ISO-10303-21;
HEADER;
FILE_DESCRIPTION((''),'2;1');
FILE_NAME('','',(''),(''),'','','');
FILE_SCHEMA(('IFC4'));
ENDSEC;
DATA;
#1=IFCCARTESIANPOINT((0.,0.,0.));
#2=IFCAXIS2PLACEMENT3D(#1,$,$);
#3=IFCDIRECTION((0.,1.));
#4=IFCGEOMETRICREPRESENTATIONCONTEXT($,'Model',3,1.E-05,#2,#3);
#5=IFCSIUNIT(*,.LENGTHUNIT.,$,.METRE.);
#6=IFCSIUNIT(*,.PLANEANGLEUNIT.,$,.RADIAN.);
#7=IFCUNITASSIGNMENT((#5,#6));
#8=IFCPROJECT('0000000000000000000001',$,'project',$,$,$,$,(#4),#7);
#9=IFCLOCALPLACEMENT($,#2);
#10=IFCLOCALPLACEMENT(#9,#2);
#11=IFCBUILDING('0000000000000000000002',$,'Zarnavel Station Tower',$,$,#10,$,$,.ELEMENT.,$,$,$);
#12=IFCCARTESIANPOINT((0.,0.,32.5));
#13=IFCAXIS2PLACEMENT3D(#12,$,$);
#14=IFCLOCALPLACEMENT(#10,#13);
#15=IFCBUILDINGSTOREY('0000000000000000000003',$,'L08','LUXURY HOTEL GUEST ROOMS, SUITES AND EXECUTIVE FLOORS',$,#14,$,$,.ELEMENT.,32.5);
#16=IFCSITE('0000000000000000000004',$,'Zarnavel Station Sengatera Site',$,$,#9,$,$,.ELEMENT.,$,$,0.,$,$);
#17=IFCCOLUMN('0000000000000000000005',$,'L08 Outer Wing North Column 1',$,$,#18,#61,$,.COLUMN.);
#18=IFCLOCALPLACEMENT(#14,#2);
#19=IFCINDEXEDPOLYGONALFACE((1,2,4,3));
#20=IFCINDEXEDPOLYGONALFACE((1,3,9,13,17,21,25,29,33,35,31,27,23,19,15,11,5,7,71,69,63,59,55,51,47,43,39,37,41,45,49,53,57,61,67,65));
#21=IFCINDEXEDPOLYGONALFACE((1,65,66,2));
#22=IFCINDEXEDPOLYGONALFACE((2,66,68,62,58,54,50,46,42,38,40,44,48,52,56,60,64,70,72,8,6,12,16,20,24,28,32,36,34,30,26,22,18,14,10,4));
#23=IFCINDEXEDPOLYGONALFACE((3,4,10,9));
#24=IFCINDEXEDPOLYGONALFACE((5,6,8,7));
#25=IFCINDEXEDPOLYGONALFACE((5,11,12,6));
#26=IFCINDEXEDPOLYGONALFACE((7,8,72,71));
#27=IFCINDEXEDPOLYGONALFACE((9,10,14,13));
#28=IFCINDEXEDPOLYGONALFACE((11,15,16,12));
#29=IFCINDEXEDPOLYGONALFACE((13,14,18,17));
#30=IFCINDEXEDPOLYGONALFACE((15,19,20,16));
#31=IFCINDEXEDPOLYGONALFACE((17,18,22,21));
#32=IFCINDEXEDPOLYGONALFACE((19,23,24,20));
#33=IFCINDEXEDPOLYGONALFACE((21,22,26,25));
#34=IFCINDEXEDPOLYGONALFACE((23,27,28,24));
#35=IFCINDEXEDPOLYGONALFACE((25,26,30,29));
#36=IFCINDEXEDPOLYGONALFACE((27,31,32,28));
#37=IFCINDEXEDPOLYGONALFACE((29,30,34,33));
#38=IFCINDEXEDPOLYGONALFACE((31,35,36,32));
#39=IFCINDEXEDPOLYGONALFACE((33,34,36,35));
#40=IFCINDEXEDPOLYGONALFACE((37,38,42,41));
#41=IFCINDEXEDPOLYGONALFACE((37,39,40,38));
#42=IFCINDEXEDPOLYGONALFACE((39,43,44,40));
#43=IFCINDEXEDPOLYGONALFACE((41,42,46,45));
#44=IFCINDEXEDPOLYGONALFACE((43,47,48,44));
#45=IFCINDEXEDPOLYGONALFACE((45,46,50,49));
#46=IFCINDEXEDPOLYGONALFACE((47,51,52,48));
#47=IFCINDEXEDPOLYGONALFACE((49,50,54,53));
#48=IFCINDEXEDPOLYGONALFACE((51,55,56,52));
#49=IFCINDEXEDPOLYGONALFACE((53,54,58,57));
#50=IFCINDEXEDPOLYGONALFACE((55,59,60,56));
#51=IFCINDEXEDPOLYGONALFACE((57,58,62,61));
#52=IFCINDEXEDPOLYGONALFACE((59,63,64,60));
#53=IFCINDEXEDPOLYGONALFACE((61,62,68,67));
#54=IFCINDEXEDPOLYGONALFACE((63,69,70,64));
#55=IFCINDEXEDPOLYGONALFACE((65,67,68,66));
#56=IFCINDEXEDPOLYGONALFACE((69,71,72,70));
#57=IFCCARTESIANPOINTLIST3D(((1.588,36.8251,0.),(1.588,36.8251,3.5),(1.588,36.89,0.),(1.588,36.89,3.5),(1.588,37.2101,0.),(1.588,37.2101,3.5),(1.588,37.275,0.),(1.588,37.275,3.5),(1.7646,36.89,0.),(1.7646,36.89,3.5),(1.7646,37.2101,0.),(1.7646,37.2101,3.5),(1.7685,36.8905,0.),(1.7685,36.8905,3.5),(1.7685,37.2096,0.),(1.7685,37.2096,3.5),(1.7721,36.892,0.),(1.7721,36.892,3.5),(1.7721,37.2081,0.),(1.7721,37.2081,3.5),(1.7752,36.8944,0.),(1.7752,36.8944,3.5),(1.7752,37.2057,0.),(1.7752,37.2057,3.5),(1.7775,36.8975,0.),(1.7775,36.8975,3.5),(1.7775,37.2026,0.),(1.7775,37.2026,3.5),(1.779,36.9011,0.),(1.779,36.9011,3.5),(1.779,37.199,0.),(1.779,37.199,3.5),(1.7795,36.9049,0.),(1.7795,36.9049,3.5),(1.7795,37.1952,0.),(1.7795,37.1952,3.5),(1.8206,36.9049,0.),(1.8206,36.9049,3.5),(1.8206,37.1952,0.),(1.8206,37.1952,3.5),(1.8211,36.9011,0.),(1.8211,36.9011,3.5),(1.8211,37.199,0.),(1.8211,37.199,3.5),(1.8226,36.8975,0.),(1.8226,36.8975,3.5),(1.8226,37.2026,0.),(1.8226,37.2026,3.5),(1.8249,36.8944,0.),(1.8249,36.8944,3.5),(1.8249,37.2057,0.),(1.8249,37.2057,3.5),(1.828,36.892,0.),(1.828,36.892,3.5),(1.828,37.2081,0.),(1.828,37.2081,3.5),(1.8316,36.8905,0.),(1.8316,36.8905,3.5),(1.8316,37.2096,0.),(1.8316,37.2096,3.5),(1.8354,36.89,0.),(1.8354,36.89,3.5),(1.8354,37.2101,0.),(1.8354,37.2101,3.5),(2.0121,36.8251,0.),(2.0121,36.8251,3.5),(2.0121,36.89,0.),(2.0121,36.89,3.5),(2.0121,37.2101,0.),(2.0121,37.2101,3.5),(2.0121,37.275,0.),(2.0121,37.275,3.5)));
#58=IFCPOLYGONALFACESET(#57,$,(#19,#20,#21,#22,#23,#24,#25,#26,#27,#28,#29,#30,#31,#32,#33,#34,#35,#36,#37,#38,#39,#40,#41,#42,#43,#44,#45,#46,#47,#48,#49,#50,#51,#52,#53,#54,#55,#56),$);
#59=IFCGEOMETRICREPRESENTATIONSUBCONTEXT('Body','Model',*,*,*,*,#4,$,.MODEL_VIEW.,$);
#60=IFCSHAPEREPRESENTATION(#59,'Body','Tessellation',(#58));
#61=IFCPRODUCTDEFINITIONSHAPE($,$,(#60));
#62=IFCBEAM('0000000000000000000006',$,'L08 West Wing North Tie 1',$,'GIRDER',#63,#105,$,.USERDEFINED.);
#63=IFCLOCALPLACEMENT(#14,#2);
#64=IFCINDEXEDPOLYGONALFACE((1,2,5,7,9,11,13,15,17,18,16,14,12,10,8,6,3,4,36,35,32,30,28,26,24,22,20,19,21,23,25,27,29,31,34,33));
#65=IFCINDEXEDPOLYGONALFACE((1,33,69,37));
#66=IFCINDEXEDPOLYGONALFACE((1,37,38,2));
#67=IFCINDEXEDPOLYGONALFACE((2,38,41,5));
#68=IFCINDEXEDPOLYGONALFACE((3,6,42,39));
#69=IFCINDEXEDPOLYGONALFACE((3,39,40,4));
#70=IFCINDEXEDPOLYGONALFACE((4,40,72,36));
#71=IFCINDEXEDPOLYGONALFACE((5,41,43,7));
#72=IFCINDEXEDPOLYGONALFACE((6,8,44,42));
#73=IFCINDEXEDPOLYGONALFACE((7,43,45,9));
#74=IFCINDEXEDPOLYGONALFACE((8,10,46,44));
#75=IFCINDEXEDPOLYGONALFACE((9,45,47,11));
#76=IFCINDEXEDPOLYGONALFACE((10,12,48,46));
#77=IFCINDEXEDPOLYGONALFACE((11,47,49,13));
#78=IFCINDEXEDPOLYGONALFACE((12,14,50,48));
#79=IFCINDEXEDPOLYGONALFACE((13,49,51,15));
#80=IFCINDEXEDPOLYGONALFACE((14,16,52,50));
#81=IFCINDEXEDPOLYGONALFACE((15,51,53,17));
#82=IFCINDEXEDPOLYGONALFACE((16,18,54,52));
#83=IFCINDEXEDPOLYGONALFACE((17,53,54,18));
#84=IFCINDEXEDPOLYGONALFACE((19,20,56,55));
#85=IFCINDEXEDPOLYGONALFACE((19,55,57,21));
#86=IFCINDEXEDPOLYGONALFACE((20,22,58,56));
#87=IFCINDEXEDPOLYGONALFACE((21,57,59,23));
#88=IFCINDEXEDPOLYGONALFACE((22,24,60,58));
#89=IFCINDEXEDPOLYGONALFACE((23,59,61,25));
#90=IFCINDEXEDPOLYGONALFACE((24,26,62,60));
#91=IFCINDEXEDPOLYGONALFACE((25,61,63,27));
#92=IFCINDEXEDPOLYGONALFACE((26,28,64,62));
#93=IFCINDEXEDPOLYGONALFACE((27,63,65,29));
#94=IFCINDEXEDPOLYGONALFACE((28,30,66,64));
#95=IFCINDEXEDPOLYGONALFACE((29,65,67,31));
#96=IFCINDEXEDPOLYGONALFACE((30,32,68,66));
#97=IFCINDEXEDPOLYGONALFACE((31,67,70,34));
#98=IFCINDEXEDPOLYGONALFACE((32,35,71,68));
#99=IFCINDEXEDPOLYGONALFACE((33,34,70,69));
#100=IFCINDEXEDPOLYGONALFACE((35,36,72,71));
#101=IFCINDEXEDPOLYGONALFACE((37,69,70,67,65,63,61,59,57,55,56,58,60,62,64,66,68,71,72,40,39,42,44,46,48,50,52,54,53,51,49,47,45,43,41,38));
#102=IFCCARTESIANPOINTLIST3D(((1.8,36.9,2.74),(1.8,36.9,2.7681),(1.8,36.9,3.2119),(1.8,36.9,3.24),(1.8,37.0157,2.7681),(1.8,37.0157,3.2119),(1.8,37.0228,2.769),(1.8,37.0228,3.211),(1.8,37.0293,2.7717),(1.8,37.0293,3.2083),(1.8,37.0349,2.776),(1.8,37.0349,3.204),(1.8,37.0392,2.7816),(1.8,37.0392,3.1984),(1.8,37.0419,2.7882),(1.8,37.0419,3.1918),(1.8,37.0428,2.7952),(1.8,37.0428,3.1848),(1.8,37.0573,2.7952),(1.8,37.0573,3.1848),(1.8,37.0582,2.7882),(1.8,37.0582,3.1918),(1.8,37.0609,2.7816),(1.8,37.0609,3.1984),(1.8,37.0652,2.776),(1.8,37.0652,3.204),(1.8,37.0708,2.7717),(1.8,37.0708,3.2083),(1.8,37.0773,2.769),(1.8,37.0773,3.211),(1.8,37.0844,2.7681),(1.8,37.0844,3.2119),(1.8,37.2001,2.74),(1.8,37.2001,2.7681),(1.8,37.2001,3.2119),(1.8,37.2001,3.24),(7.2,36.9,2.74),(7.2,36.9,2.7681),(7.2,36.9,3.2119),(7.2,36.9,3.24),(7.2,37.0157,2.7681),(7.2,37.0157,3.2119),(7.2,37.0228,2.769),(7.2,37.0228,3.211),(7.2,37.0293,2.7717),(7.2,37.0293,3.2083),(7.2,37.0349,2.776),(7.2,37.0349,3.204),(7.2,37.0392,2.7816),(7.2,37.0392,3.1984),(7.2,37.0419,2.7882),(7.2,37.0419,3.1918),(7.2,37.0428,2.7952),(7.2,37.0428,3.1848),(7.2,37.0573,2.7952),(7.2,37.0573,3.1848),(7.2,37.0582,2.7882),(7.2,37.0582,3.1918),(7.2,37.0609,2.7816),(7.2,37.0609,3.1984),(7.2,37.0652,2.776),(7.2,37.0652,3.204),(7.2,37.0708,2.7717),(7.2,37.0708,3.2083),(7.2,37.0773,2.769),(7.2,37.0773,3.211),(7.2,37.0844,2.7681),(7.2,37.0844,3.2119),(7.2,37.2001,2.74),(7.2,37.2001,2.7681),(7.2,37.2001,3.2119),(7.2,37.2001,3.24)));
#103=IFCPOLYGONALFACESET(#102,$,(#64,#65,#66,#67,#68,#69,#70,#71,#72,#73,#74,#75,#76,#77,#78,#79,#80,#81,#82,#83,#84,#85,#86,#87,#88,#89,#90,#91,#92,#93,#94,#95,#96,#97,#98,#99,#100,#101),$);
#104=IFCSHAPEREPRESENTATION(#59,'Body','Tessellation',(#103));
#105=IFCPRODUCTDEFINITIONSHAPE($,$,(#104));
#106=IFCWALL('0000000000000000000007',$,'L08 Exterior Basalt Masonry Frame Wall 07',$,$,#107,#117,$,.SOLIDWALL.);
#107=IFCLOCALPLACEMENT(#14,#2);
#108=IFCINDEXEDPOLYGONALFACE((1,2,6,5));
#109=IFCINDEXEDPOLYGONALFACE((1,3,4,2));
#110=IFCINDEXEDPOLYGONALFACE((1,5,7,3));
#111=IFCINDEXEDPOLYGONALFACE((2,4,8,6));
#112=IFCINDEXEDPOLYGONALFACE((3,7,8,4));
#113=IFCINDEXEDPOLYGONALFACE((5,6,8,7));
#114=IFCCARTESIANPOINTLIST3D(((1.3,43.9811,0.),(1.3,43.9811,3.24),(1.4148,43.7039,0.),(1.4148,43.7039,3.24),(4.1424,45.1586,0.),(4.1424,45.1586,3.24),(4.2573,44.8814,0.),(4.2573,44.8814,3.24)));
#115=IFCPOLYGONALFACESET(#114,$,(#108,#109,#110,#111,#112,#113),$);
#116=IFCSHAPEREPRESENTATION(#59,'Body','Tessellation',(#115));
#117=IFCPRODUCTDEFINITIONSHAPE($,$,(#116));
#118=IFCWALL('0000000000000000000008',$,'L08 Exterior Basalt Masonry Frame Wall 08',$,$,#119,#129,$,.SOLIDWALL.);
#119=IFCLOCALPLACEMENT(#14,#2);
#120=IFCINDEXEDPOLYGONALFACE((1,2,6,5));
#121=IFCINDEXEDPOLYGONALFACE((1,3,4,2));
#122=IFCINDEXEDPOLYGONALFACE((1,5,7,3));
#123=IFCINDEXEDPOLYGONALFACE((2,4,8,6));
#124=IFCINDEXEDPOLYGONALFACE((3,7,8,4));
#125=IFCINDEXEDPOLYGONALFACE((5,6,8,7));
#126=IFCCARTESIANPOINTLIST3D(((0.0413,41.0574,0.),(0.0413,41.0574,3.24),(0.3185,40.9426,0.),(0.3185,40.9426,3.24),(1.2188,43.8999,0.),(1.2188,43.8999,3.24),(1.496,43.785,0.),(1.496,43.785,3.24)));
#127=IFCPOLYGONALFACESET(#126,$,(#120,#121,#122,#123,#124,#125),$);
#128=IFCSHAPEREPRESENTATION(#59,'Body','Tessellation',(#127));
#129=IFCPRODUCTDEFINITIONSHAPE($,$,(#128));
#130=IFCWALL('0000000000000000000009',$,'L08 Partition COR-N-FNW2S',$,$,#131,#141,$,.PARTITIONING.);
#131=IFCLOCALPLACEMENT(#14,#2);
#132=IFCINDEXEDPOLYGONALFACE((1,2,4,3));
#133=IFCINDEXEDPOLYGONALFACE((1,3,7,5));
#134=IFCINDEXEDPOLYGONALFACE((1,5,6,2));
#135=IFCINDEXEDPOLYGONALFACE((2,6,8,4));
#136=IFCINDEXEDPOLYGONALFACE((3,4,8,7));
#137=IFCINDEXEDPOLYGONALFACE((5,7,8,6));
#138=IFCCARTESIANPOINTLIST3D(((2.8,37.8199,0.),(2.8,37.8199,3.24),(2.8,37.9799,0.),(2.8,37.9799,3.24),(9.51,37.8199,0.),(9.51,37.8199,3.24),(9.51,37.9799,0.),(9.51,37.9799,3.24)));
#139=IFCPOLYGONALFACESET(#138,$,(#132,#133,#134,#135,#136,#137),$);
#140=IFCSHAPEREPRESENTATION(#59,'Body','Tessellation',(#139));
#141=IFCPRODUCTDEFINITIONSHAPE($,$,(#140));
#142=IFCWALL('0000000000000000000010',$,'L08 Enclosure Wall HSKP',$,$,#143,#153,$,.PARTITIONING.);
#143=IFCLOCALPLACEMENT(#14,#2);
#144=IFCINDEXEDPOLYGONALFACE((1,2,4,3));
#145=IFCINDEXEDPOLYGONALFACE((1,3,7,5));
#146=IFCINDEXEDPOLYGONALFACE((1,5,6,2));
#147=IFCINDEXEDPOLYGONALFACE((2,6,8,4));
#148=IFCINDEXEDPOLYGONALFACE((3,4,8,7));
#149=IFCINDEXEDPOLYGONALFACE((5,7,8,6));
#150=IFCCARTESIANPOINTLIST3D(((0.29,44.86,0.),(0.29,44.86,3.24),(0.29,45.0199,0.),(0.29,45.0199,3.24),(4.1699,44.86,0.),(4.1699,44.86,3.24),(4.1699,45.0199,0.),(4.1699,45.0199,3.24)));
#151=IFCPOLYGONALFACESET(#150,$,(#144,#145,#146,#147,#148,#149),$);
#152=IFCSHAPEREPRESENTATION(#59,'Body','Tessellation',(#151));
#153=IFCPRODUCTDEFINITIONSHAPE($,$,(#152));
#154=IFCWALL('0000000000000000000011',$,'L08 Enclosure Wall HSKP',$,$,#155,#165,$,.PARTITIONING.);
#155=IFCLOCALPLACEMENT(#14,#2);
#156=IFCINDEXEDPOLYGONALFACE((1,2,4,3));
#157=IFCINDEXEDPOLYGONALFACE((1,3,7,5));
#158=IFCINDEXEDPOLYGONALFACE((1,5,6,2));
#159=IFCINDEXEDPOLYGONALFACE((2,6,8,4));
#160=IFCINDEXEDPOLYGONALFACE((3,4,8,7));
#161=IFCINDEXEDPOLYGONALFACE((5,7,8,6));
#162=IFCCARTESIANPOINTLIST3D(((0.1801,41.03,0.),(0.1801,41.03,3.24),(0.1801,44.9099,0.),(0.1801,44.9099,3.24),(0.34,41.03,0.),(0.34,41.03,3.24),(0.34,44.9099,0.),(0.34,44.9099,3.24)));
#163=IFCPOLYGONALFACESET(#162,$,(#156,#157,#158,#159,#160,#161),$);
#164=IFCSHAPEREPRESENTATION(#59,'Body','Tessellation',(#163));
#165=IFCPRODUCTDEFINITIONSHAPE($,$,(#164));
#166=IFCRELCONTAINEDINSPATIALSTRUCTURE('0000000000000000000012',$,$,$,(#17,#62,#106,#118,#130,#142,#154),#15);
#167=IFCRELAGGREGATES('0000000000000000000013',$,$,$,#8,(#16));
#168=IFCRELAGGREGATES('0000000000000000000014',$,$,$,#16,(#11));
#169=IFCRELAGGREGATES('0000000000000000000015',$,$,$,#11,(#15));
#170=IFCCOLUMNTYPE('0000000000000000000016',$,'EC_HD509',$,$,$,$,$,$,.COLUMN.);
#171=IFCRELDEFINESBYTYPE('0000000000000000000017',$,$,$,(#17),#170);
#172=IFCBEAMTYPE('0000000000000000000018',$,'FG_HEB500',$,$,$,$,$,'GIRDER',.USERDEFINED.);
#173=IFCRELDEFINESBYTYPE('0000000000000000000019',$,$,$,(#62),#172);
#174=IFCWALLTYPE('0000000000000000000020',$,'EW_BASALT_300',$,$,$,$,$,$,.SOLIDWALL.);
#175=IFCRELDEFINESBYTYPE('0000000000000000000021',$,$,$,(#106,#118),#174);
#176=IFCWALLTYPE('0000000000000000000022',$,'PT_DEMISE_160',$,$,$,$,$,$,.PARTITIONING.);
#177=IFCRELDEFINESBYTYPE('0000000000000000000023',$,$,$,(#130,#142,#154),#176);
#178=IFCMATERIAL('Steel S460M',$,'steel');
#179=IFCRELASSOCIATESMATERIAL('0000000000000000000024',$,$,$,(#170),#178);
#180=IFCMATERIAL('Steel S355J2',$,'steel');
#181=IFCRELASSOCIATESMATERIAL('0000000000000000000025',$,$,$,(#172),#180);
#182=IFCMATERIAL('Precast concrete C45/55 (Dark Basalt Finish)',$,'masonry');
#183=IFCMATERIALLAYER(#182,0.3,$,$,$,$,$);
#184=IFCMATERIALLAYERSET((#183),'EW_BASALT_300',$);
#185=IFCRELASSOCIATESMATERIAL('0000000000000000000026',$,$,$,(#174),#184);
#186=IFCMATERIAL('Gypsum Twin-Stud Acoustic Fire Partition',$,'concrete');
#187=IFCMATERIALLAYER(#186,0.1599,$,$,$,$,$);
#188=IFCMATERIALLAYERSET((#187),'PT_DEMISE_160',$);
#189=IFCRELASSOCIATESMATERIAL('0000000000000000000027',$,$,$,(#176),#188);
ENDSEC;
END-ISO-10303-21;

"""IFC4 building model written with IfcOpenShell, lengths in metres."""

from ifc_helpers import new_model, si_unit, direction, frame, frame_2d, origin, origin_2d, place, context, subcontext, project, spatial, rectangle, i_section, extrude, material, layer, layer_set, material_profile, profile_set, type_object, element, save


model = new_model("IFC4")

# Units and contexts
model_context = context("Model", 3, precision=1e-05, world=origin(), true_north=direction((0.0, 1.0)))
body_context = subcontext(model_context, "Body", "Model", "MODEL_VIEW")
ifc_project = project(units=[si_unit("LENGTHUNIT", "METRE"), si_unit("PLANEANGLEUNIT", "RADIAN")], contexts=[model_context])

# Site, building, storey
site_placement = place(None, origin())
site = spatial("IfcSite", under=ifc_project, at=site_placement, Name="Zarnavel Station Sengatera Site", CompositionType="ELEMENT", RefElevation=0.0)
building_placement = place(site_placement, origin())
building = spatial("IfcBuilding", under=site, at=building_placement, Name="Zarnavel Station Tower", CompositionType="ELEMENT")
storey_placement = place(building_placement, frame((0.0, 0.0, 32.5)))
storey = spatial("IfcBuildingStorey", under=building, at=storey_placement, Name="L08", Description="LUXURY HOTEL GUEST ROOMS, SUITES AND EXECUTIVE FLOORS", CompositionType="ELEMENT", Elevation=32.5)

# Column
ifc_material_1 = material(Name="Steel S460M", Category="steel")
ifc_material_profile_1 = material_profile(ifc_material_1, i_section(OverallWidth=0.4241, OverallDepth=0.45, WebThickness=0.041, FlangeThickness=0.0649, FilletRadius=0.0149, at=origin_2d()), Name="HD400x509")
ifc_profile_set_1 = profile_set([ifc_material_profile_1], Name="Steel S460M")
column_type = type_object("IfcColumnType", Name="EC_HD509", PredefinedType="COLUMN", material=ifc_profile_set_1)
column_placement = place(storey_placement, frame((1.8, 37.05, 0.0), z_axis=(0.0, 0.0, 1.0), x_axis=(1.0, 0.0, 0.0)))
element("IfcColumn", 1, at=column_placement, inside=storey, type_object=column_type, Name="L08 Outer Wing North Column 1", PredefinedType="COLUMN", context=body_context, shape_type="SweptSolid", body=[
    extrude(i_section(OverallWidth=0.4241, OverallDepth=0.45, WebThickness=0.041, FlangeThickness=0.0649, FilletRadius=0.0149, at=origin_2d()), origin(), (0.0, 0.0, 1.0), 3.5),
])

# Beam
ifc_material_2 = material(Name="Steel S355J2", Category="steel")
ifc_material_profile_2 = material_profile(ifc_material_2, i_section(OverallWidth=0.3, OverallDepth=0.5, WebThickness=0.0144, FlangeThickness=0.0281, FilletRadius=0.0271, at=origin_2d()), Name="HEB500")
ifc_profile_set_2 = profile_set([ifc_material_profile_2], Name="Steel S355J2")
beam_type = type_object("IfcBeamType", Name="FG_HEB500", ElementType="GIRDER", PredefinedType="USERDEFINED", material=ifc_profile_set_2)
beam_placement = place(storey_placement, frame((1.8, 37.05, 2.99), z_axis=(1.0, 0.0, 0.0), x_axis=(0.0, 1.0, 0.0)))
element("IfcBeam", 2, at=beam_placement, inside=storey, type_object=beam_type, Name="L08 West Wing North Tie 1", ObjectType="GIRDER", PredefinedType="USERDEFINED", context=body_context, shape_type="SweptSolid", body=[
    extrude(i_section(OverallWidth=0.3, OverallDepth=0.5, WebThickness=0.0144, FlangeThickness=0.0281, FilletRadius=0.0271, at=origin_2d()), origin(), (0.0, 0.0, 1.0), 5.3999),
])

# Walls
ifc_material_3 = material(Name="Precast concrete C45/55 (Dark Basalt Finish)", Category="masonry")
ifc_layer_1 = layer(ifc_material_3, 0.3)
ifc_layer_set_1 = layer_set([ifc_layer_1], Name="EW_BASALT_300")
wall_type_1 = type_object("IfcWallType", Name="EW_BASALT_300", PredefinedType="SOLIDWALL", material=ifc_layer_set_1)
for number, where, z_axis, x_axis, name in (
    (3, (1.3574, 43.8425, 0.0), (0.0, 0.0, 1.0), (0.923871, 0.382705, 0.0), "L08 Exterior Basalt Masonry Frame Wall 07"),
    (4, (0.1799, 41.0, 0.0), (0.0, 0.0, 1.0), (0.382705, 0.923871, 0.0), "L08 Exterior Basalt Masonry Frame Wall 08"),
):
    element("IfcWall", number, at=place(storey_placement, frame(where, z_axis=z_axis, x_axis=x_axis)), inside=storey, type_object=wall_type_1, Name=name, PredefinedType="SOLIDWALL", context=body_context, shape_type="SweptSolid", body=[
        extrude(rectangle(XDim=3.0767, YDim=0.3, at=frame_2d((1.5383, 0.0))), origin(), (0.0, 0.0, 1.0), 3.24),
    ])
ifc_material_4 = material(Name="Gypsum Twin-Stud Acoustic Fire Partition", Category="concrete")
ifc_layer_2 = layer(ifc_material_4, 0.1599)
ifc_layer_set_2 = layer_set([ifc_layer_2], Name="PT_DEMISE_160")
wall_type_2 = type_object("IfcWallType", Name="PT_DEMISE_160", PredefinedType="PARTITIONING", material=ifc_layer_set_2)
wall_1_placement = place(storey_placement, frame((2.8, 37.8999, 0.0), z_axis=(0.0, 0.0, 1.0), x_axis=(1.0, 0.0, 0.0)))
element("IfcWall", 5, at=wall_1_placement, inside=storey, type_object=wall_type_2, Name="L08 Partition COR-N-FNW2S", PredefinedType="PARTITIONING", context=body_context, shape_type="SweptSolid", body=[
    extrude(rectangle(XDim=6.71, YDim=0.1599, at=frame_2d((3.355, 0.0))), origin(), (0.0, 0.0, 1.0), 3.24),
])
for number, where, z_axis, x_axis, name in (
    (6, (0.29, 44.9399, 0.0), (0.0, 0.0, 1.0), (1.0, 0.0, 0.0), "L08 Enclosure Wall HSKP"),
    (7, (0.26, 41.03, 0.0), (0.0, 0.0, 1.0), (0.0, 1.0, 0.0), "L08 Enclosure Wall HSKP"),
):
    element("IfcWall", number, at=place(storey_placement, frame(where, z_axis=z_axis, x_axis=x_axis)), inside=storey, type_object=wall_type_2, Name=name, PredefinedType="PARTITIONING", context=body_context, shape_type="SweptSolid", body=[
        extrude(rectangle(XDim=3.8799, YDim=0.1599, at=frame_2d((1.9399, 0.0))), origin(), (0.0, 0.0, 1.0), 3.24),
    ])

save(model, "model.ifc")
